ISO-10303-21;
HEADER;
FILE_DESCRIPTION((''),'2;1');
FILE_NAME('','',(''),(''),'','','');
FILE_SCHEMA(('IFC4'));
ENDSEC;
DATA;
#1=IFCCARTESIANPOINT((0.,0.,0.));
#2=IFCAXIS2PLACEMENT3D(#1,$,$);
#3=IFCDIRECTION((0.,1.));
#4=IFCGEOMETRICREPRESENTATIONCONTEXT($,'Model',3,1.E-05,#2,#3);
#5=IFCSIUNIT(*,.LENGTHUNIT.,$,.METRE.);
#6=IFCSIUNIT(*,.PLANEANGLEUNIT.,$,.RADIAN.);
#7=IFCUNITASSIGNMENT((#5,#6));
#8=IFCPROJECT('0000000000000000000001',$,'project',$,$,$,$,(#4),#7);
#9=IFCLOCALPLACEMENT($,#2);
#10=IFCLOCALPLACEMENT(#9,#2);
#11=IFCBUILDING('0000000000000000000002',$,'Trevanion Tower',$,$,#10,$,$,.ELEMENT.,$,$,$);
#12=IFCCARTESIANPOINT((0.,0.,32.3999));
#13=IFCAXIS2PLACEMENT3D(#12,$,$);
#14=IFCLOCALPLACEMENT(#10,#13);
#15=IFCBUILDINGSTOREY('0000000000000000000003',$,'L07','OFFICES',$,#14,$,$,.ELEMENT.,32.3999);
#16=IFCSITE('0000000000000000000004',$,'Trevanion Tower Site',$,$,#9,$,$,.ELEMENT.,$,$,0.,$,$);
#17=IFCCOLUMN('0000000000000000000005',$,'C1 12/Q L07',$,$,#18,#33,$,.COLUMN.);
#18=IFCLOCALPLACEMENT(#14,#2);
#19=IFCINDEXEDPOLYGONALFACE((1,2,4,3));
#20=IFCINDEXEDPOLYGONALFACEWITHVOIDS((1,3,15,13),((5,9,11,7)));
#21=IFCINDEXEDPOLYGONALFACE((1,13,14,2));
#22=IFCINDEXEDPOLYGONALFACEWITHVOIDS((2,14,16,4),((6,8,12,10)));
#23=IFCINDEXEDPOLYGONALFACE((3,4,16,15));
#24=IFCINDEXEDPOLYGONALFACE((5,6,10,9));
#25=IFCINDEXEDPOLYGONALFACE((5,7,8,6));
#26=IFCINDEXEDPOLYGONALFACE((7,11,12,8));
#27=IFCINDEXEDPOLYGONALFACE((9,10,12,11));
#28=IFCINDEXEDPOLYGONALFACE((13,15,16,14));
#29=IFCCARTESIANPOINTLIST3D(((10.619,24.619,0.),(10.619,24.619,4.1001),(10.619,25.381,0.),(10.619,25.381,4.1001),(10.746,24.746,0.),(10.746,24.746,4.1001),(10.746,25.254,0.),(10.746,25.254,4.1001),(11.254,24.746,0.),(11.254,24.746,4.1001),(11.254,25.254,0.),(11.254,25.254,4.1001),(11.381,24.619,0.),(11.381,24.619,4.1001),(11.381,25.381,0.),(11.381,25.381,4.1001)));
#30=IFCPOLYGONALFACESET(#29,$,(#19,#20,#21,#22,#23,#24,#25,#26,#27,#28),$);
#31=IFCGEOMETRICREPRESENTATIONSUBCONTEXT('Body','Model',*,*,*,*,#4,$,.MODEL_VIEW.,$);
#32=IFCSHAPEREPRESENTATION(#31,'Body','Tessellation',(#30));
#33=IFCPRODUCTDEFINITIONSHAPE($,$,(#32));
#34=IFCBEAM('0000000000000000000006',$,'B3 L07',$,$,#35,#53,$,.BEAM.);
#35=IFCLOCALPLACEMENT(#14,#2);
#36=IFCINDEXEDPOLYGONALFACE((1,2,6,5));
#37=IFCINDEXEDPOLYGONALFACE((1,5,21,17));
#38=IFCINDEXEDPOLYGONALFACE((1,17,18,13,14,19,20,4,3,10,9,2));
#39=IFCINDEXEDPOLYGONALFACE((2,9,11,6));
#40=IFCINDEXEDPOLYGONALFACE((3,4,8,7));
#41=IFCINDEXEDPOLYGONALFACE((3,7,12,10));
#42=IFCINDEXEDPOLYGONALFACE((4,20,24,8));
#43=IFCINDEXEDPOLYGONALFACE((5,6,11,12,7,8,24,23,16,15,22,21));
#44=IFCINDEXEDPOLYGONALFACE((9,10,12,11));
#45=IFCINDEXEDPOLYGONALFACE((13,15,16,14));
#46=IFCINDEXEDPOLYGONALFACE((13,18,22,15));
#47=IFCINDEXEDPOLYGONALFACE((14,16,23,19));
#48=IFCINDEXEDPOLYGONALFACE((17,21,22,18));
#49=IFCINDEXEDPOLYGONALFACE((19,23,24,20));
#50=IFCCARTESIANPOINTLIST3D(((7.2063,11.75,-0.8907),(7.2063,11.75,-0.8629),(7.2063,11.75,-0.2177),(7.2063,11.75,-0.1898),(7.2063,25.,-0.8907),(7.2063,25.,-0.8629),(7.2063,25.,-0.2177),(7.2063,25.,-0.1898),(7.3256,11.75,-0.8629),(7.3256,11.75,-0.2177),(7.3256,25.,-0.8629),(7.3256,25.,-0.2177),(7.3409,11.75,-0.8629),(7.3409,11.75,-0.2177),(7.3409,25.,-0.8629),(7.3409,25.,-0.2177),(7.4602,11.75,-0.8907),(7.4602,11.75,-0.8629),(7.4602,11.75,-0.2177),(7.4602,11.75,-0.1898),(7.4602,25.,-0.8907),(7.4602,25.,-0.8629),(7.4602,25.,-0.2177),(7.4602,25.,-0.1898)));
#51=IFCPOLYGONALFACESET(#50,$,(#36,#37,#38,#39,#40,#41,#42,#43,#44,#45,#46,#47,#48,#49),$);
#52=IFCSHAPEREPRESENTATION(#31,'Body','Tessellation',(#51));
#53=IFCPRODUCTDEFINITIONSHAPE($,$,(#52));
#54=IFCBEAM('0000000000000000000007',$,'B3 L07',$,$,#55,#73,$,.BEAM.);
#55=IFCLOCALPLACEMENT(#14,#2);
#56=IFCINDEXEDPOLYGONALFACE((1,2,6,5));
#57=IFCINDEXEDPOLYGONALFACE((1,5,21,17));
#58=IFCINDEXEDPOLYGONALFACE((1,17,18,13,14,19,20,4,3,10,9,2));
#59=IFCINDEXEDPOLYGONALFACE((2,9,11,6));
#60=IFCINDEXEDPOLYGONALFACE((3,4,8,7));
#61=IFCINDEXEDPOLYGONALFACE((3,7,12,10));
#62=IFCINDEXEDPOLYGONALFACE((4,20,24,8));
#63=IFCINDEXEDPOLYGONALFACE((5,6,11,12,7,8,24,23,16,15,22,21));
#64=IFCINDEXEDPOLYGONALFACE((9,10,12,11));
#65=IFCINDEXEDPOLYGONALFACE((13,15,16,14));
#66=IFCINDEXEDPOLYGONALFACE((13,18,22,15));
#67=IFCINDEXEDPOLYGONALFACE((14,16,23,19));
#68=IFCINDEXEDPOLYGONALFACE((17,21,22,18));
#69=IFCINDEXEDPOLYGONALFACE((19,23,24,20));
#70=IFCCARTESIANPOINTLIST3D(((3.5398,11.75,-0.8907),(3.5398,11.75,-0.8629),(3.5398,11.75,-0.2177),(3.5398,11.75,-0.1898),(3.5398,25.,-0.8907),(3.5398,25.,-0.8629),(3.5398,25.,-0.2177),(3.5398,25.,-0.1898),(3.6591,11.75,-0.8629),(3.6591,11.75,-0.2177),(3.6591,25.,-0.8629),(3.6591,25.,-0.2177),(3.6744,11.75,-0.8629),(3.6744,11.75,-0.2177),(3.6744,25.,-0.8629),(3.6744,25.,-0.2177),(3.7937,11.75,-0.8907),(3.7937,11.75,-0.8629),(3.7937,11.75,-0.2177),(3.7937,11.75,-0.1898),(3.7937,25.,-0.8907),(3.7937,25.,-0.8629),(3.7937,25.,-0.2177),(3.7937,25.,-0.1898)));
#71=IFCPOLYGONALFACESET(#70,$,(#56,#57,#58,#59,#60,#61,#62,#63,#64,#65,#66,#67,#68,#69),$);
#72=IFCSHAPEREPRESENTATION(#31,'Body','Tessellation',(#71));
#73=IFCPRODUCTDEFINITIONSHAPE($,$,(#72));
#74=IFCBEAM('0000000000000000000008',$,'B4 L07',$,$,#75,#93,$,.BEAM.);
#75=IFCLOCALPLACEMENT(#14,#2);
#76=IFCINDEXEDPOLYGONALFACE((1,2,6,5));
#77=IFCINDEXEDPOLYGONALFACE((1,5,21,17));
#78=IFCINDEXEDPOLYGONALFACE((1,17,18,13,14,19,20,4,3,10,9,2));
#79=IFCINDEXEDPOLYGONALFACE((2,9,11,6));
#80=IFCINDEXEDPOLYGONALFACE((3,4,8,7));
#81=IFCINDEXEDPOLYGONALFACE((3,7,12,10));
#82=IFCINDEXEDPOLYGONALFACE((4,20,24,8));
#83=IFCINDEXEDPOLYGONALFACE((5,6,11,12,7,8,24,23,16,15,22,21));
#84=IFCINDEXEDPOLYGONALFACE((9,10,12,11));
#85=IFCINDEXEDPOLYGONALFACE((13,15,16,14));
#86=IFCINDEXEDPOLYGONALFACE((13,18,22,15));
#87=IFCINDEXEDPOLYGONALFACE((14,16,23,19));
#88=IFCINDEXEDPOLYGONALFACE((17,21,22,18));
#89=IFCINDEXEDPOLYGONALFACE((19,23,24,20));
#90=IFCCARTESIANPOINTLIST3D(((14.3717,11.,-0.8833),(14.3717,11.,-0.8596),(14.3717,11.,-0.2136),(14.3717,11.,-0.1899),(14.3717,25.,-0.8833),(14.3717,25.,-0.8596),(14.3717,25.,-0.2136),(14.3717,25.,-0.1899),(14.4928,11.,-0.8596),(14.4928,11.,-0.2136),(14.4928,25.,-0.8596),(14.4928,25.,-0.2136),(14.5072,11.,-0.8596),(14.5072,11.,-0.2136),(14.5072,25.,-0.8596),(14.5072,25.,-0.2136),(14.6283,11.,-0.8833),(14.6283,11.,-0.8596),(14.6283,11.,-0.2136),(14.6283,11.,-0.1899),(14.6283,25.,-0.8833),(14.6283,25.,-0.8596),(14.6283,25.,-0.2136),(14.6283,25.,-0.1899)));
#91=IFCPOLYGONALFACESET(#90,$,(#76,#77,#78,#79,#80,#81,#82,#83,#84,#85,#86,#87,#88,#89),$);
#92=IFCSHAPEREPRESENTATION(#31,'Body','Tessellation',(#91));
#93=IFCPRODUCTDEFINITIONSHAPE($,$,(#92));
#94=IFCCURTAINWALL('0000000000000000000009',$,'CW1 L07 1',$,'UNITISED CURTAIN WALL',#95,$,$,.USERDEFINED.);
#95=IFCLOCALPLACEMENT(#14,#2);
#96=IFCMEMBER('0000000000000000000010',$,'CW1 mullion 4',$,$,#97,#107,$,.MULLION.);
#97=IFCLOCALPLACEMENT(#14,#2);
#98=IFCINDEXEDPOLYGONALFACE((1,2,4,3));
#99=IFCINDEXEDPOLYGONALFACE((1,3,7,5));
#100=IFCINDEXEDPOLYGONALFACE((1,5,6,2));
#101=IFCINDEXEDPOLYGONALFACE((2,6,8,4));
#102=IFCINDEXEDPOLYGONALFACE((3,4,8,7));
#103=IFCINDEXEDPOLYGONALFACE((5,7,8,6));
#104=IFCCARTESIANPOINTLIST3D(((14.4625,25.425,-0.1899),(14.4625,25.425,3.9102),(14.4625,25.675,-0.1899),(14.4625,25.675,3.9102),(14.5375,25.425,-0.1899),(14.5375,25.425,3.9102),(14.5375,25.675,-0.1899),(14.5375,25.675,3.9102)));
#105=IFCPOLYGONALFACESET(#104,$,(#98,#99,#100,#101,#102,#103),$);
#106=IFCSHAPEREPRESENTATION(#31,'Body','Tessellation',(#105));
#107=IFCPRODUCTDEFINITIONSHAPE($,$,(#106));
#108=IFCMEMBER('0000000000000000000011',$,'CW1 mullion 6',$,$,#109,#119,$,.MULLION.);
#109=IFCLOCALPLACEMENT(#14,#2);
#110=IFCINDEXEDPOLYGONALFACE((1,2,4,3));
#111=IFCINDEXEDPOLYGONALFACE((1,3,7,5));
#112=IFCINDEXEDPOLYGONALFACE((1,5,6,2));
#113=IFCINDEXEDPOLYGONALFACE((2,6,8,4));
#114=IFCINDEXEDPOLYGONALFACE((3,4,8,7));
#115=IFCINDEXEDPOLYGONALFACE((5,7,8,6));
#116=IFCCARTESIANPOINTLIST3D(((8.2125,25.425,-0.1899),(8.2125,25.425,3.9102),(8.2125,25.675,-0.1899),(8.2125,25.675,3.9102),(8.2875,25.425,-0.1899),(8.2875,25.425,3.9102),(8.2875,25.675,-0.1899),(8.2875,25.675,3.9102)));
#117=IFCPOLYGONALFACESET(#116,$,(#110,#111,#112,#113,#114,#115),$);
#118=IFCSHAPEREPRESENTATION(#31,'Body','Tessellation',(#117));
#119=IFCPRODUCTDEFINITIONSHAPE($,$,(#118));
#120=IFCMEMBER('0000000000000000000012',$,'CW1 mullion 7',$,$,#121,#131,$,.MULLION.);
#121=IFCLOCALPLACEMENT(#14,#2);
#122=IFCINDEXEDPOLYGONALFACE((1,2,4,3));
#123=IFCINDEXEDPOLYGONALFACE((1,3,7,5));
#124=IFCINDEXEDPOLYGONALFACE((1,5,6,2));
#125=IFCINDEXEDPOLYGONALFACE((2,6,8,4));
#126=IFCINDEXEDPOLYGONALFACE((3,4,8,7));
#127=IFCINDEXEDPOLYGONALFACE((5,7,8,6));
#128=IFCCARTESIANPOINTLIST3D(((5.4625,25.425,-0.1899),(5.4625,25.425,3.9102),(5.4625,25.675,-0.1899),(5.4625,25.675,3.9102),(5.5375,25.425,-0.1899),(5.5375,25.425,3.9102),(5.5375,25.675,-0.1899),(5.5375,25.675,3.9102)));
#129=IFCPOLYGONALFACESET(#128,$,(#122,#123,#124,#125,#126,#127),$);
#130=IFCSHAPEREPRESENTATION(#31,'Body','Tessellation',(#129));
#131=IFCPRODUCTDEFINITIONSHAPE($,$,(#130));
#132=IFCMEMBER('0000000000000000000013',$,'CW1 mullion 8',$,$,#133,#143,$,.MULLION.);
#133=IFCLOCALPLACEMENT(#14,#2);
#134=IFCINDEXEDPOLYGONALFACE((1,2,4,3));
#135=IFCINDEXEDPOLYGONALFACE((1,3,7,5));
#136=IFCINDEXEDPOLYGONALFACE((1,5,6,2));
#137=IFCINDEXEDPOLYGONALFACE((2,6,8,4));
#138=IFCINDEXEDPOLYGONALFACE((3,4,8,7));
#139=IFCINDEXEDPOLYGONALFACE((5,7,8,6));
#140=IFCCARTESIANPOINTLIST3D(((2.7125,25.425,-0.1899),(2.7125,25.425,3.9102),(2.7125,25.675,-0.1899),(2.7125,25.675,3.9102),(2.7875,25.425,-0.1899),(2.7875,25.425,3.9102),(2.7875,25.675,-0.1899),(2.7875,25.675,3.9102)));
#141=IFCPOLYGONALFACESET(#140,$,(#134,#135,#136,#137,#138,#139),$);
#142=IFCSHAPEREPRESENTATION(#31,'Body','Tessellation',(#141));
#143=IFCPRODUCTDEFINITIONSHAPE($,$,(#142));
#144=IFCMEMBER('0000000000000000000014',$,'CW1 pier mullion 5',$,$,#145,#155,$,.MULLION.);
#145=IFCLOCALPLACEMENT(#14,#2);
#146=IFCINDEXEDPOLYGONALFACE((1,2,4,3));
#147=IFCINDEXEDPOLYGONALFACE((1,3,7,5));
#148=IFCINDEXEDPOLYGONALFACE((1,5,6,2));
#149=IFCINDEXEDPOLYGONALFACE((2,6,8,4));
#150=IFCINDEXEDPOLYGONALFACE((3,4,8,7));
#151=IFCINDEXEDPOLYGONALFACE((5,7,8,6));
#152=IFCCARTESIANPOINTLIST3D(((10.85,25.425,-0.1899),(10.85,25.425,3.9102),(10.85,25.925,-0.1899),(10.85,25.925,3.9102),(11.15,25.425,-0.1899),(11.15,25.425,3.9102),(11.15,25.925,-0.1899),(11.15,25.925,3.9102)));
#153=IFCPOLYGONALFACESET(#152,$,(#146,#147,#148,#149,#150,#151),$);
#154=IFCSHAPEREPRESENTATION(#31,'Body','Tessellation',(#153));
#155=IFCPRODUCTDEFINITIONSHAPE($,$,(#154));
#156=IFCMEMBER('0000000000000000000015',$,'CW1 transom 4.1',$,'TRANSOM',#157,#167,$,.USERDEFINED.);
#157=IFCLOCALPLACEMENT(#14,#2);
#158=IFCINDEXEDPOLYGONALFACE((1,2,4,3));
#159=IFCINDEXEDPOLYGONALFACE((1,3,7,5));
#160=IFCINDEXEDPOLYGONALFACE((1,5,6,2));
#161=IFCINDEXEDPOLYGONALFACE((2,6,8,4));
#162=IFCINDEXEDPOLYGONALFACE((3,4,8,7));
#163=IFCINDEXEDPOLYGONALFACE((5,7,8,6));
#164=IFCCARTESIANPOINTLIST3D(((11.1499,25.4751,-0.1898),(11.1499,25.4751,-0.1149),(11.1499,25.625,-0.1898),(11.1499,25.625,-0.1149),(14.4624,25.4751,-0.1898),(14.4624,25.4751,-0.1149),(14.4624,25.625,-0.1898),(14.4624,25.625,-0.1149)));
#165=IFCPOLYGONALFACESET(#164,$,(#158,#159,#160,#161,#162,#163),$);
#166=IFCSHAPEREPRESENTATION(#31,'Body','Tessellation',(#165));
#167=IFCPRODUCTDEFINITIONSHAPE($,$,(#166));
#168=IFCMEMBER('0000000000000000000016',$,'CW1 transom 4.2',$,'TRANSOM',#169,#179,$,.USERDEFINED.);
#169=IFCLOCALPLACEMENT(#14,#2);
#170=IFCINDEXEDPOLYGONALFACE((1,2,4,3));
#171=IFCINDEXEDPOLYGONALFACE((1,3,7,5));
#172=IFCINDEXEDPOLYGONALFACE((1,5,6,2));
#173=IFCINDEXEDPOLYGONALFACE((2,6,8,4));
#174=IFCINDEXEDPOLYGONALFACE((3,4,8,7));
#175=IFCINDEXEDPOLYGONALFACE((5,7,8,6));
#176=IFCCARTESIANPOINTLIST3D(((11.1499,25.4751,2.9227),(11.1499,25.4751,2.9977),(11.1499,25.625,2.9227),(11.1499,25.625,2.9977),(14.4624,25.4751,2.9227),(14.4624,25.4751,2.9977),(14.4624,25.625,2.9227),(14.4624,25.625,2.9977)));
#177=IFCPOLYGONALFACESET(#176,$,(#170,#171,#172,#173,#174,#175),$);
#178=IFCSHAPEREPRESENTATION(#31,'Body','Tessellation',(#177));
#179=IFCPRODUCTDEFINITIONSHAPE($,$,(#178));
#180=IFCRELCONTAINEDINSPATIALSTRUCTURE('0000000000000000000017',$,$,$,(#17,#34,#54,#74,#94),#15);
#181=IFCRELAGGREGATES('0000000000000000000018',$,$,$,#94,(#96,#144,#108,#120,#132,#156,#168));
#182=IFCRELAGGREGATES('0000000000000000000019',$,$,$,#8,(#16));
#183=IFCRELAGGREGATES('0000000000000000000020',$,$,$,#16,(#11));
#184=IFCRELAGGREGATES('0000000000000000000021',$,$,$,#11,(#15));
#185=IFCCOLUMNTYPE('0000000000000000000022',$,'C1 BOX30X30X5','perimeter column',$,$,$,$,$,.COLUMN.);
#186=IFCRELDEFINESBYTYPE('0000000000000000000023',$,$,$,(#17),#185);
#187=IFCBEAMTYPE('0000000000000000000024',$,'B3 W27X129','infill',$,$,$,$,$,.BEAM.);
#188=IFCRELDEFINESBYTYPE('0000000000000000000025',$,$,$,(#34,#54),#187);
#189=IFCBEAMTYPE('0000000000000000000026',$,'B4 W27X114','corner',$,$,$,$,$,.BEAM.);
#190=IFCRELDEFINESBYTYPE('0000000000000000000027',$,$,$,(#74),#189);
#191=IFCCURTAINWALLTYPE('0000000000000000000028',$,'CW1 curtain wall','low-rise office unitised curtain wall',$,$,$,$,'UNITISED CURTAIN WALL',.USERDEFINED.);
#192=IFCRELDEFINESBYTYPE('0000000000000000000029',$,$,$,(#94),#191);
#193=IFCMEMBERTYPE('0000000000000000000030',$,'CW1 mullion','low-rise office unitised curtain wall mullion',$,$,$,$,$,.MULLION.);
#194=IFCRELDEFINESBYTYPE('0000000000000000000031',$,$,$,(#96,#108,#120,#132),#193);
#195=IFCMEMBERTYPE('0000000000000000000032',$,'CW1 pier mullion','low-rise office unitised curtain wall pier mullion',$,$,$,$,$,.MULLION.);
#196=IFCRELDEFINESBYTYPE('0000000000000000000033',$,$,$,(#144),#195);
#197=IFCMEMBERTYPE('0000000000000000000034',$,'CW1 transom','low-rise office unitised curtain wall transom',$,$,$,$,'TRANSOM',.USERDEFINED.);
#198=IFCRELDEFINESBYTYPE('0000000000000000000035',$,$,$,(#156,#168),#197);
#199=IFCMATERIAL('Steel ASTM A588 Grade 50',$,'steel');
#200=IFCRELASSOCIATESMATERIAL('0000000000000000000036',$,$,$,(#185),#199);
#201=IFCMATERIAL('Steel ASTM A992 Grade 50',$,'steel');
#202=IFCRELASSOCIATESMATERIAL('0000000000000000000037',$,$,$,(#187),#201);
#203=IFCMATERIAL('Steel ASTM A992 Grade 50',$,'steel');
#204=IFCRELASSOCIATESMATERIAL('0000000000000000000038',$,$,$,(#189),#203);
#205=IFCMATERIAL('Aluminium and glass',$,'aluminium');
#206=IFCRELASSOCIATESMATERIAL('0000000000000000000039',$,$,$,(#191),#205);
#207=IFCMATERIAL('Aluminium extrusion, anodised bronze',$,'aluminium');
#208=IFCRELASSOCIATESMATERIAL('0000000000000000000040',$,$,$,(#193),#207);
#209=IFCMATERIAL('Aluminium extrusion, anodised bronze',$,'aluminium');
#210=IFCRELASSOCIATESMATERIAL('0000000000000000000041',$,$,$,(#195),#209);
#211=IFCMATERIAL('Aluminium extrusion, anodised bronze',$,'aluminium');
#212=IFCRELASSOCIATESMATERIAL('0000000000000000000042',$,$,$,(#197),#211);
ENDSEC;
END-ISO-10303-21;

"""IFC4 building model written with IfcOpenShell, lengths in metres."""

from ifc_helpers import new_model, si_unit, direction, frame, origin, origin_2d, place, context, subcontext, project, spatial, rectangle, hollow_rectangle, i_section, extrude, material, material_profile, profile_set, type_object, element, aggregate, save


model = new_model("IFC4")

# Units and contexts
model_context = context("Model", 3, precision=1e-05, world=origin(), true_north=direction((0.0, 1.0)))
body_context = subcontext(model_context, "Body", "Model", "MODEL_VIEW")
ifc_project = project(units=[si_unit("LENGTHUNIT", "METRE"), si_unit("PLANEANGLEUNIT", "RADIAN")], contexts=[model_context])

# Site, building, storey
site_placement = place(None, origin())
site = spatial("IfcSite", under=ifc_project, at=site_placement, Name="Trevanion Tower Site", CompositionType="ELEMENT", RefElevation=0.0)
building_placement = place(site_placement, origin())
building = spatial("IfcBuilding", under=site, at=building_placement, Name="Trevanion Tower", CompositionType="ELEMENT")
storey_placement = place(building_placement, frame((0.0, 0.0, 32.3999)))
storey = spatial("IfcBuildingStorey", under=building, at=storey_placement, Name="L07", Description="OFFICES", CompositionType="ELEMENT", Elevation=32.3999)

# Column
ifc_material_1 = material(Name="Steel ASTM A588 Grade 50", Category="steel")
ifc_material_profile_1 = material_profile(ifc_material_1, hollow_rectangle(XDim=0.762, YDim=0.762, WallThickness=0.127, at=origin_2d()), Name="BOX30X30X5")
ifc_profile_set_1 = profile_set([ifc_material_profile_1], Name="Steel ASTM A588 Grade 50")
column_type = type_object("IfcColumnType", Name="C1 BOX30X30X5", Description="perimeter column", PredefinedType="COLUMN", material=ifc_profile_set_1)
column_placement = place(storey_placement, frame((11.0, 25.0, 0.0), z_axis=(0.0, 0.0, 1.0), x_axis=(1.0, 0.0, 0.0)))
element("IfcColumn", 1, at=column_placement, inside=storey, type_object=column_type, Name="C1 12/Q L07", PredefinedType="COLUMN", context=body_context, shape_type="SweptSolid", body=[
    extrude(hollow_rectangle(XDim=0.762, YDim=0.762, WallThickness=0.127, at=origin_2d()), origin(), (0.0, 0.0, 1.0), 4.1001),
])

# Beams
ifc_material_2 = material(Name="Steel ASTM A992 Grade 50", Category="steel")
ifc_material_profile_2 = material_profile(ifc_material_2, i_section(OverallWidth=0.2539, OverallDepth=0.7009, WebThickness=0.0154, FlangeThickness=0.0278, at=origin_2d()), Name="W27X129")
ifc_profile_set_2 = profile_set([ifc_material_profile_2], Name="Steel ASTM A992 Grade 50")
beam_type_1 = type_object("IfcBeamType", Name="B3 W27X129", Description="infill", PredefinedType="BEAM", material=ifc_profile_set_2)
for number, where, z_axis, x_axis, name in (
    (2, (7.3333, 11.75, -0.5403), (0.0, 1.0, 0.0), (-1.0, 0.0, 0.0), "B3 L07"),
    (3, (3.6667, 11.75, -0.5403), (0.0, 1.0, 0.0), (-1.0, 0.0, 0.0), "B3 L07"),
):
    element("IfcBeam", number, at=place(storey_placement, frame(where, z_axis=z_axis, x_axis=x_axis)), inside=storey, type_object=beam_type_1, Name=name, PredefinedType="BEAM", context=body_context, shape_type="SweptSolid", body=[
        extrude(i_section(OverallWidth=0.2539, OverallDepth=0.7009, WebThickness=0.0154, FlangeThickness=0.0278, at=origin_2d()), origin(), (0.0, 0.0, 1.0), 13.25),
    ])
ifc_material_3 = material(Name="Steel ASTM A992 Grade 50", Category="steel")
ifc_material_profile_3 = material_profile(ifc_material_3, i_section(OverallWidth=0.2566, OverallDepth=0.6934, WebThickness=0.0144, FlangeThickness=0.0237, at=origin_2d()), Name="W27X114")
ifc_profile_set_3 = profile_set([ifc_material_profile_3], Name="Steel ASTM A992 Grade 50")
beam_type_2 = type_object("IfcBeamType", Name="B4 W27X114", Description="corner", PredefinedType="BEAM", material=ifc_profile_set_3)
beam_1_placement = place(storey_placement, frame((14.5, 11.0, -0.5366), z_axis=(0.0, 1.0, 0.0), x_axis=(-1.0, 0.0, 0.0)))
element("IfcBeam", 4, at=beam_1_placement, inside=storey, type_object=beam_type_2, Name="B4 L07", PredefinedType="BEAM", context=body_context, shape_type="SweptSolid", body=[
    extrude(i_section(OverallWidth=0.2566, OverallDepth=0.6934, WebThickness=0.0144, FlangeThickness=0.0237, at=origin_2d()), origin(), (0.0, 0.0, 1.0), 14.0),
])

# Curtain wall, members
ifc_material_4 = material(Name="Aluminium and glass", Category="aluminium")
curtain_wall_type = type_object("IfcCurtainWallType", Name="CW1 curtain wall", Description="low-rise office unitised curtain wall", ElementType="UNITISED CURTAIN WALL", PredefinedType="USERDEFINED", material=ifc_material_4)
curtain_wall_placement = place(storey_placement, origin())
curtain_wall = element("IfcCurtainWall", 5, at=curtain_wall_placement, inside=storey, type_object=curtain_wall_type, Name="CW1 L07 1", ObjectType="UNITISED CURTAIN WALL", PredefinedType="USERDEFINED")
ifc_material_5 = material(Name="Aluminium extrusion, anodised bronze", Category="aluminium")
ifc_material_profile_4 = material_profile(ifc_material_5, rectangle(XDim=0.075, YDim=0.25, at=origin_2d()), Name="CW1 mullion")
ifc_profile_set_4 = profile_set([ifc_material_profile_4], Name="Aluminium extrusion, anodised bronze")
member_type_1 = type_object("IfcMemberType", Name="CW1 mullion", Description="low-rise office unitised curtain wall mullion", PredefinedType="MULLION", material=ifc_profile_set_4)
member_1_placement = place(storey_placement, frame((14.5, 25.55, -0.1899), z_axis=(0.0, 0.0, 1.0), x_axis=(-1.0, 0.0, 0.0)))
member_1 = element("IfcMember", 6, at=member_1_placement, type_object=member_type_1, Name="CW1 mullion 4", PredefinedType="MULLION", context=body_context, shape_type="SweptSolid", body=[
    extrude(rectangle(XDim=0.075, YDim=0.25, at=origin_2d()), origin(), (0.0, 0.0, 1.0), 4.1001),
])
member_2_placement = place(storey_placement, frame((8.25, 25.55, -0.1899), z_axis=(0.0, 0.0, 1.0), x_axis=(-1.0, 0.0, 0.0)))
member_2 = element("IfcMember", 7, at=member_2_placement, type_object=member_type_1, Name="CW1 mullion 6", PredefinedType="MULLION", context=body_context, shape_type="SweptSolid", body=[
    extrude(rectangle(XDim=0.075, YDim=0.25, at=origin_2d()), origin(), (0.0, 0.0, 1.0), 4.1001),
])
member_3_placement = place(storey_placement, frame((5.5, 25.55, -0.1899), z_axis=(0.0, 0.0, 1.0), x_axis=(-1.0, 0.0, 0.0)))
member_3 = element("IfcMember", 8, at=member_3_placement, type_object=member_type_1, Name="CW1 mullion 7", PredefinedType="MULLION", context=body_context, shape_type="SweptSolid", body=[
    extrude(rectangle(XDim=0.075, YDim=0.25, at=origin_2d()), origin(), (0.0, 0.0, 1.0), 4.1001),
])
member_4_placement = place(storey_placement, frame((2.75, 25.55, -0.1899), z_axis=(0.0, 0.0, 1.0), x_axis=(-1.0, 0.0, 0.0)))
member_4 = element("IfcMember", 9, at=member_4_placement, type_object=member_type_1, Name="CW1 mullion 8", PredefinedType="MULLION", context=body_context, shape_type="SweptSolid", body=[
    extrude(rectangle(XDim=0.075, YDim=0.25, at=origin_2d()), origin(), (0.0, 0.0, 1.0), 4.1001),
])
ifc_material_6 = material(Name="Aluminium extrusion, anodised bronze", Category="aluminium")
ifc_material_profile_5 = material_profile(ifc_material_6, rectangle(XDim=0.3, YDim=0.5, at=origin_2d()), Name="CW1 pier mullion")
ifc_profile_set_5 = profile_set([ifc_material_profile_5], Name="Aluminium extrusion, anodised bronze")
member_type_2 = type_object("IfcMemberType", Name="CW1 pier mullion", Description="low-rise office unitised curtain wall pier mullion", PredefinedType="MULLION", material=ifc_profile_set_5)
member_5_placement = place(storey_placement, frame((11.0, 25.675, -0.1899), z_axis=(0.0, 0.0, 1.0), x_axis=(-1.0, 0.0, 0.0)))
member_5 = element("IfcMember", 10, at=member_5_placement, type_object=member_type_2, Name="CW1 pier mullion 5", PredefinedType="MULLION", context=body_context, shape_type="SweptSolid", body=[
    extrude(rectangle(XDim=0.3, YDim=0.5, at=origin_2d()), origin(), (0.0, 0.0, 1.0), 4.1001),
])
ifc_material_7 = material(Name="Aluminium extrusion, anodised bronze", Category="aluminium")
ifc_material_profile_6 = material_profile(ifc_material_7, rectangle(XDim=0.1499, YDim=0.075, at=origin_2d()), Name="CW1 transom")
ifc_profile_set_6 = profile_set([ifc_material_profile_6], Name="Aluminium extrusion, anodised bronze")
member_type_3 = type_object("IfcMemberType", Name="CW1 transom", Description="low-rise office unitised curtain wall transom", ElementType="TRANSOM", PredefinedType="USERDEFINED", material=ifc_profile_set_6)
member_6_placement = place(storey_placement, frame((14.4624, 25.55, -0.1523), z_axis=(-1.0, 0.0, 0.0), x_axis=(0.0, -1.0, 0.0)))
member_6 = element("IfcMember", 11, at=member_6_placement, type_object=member_type_3, Name="CW1 transom 4.1", ObjectType="TRANSOM", PredefinedType="USERDEFINED", context=body_context, shape_type="SweptSolid", body=[
    extrude(rectangle(XDim=0.1499, YDim=0.075, at=origin_2d()), origin(), (0.0, 0.0, 1.0), 3.3125),
])
member_7_placement = place(storey_placement, frame((14.4624, 25.55, 2.9602), z_axis=(-1.0, 0.0, 0.0), x_axis=(0.0, -1.0, 0.0)))
member_7 = element("IfcMember", 12, at=member_7_placement, type_object=member_type_3, Name="CW1 transom 4.2", ObjectType="TRANSOM", PredefinedType="USERDEFINED", context=body_context, shape_type="SweptSolid", body=[
    extrude(rectangle(XDim=0.1499, YDim=0.075, at=origin_2d()), origin(), (0.0, 0.0, 1.0), 3.3125),
])

aggregate(curtain_wall, [member_1, member_5, member_2, member_3, member_4, member_6, member_7])

save(model, "model.ifc")
